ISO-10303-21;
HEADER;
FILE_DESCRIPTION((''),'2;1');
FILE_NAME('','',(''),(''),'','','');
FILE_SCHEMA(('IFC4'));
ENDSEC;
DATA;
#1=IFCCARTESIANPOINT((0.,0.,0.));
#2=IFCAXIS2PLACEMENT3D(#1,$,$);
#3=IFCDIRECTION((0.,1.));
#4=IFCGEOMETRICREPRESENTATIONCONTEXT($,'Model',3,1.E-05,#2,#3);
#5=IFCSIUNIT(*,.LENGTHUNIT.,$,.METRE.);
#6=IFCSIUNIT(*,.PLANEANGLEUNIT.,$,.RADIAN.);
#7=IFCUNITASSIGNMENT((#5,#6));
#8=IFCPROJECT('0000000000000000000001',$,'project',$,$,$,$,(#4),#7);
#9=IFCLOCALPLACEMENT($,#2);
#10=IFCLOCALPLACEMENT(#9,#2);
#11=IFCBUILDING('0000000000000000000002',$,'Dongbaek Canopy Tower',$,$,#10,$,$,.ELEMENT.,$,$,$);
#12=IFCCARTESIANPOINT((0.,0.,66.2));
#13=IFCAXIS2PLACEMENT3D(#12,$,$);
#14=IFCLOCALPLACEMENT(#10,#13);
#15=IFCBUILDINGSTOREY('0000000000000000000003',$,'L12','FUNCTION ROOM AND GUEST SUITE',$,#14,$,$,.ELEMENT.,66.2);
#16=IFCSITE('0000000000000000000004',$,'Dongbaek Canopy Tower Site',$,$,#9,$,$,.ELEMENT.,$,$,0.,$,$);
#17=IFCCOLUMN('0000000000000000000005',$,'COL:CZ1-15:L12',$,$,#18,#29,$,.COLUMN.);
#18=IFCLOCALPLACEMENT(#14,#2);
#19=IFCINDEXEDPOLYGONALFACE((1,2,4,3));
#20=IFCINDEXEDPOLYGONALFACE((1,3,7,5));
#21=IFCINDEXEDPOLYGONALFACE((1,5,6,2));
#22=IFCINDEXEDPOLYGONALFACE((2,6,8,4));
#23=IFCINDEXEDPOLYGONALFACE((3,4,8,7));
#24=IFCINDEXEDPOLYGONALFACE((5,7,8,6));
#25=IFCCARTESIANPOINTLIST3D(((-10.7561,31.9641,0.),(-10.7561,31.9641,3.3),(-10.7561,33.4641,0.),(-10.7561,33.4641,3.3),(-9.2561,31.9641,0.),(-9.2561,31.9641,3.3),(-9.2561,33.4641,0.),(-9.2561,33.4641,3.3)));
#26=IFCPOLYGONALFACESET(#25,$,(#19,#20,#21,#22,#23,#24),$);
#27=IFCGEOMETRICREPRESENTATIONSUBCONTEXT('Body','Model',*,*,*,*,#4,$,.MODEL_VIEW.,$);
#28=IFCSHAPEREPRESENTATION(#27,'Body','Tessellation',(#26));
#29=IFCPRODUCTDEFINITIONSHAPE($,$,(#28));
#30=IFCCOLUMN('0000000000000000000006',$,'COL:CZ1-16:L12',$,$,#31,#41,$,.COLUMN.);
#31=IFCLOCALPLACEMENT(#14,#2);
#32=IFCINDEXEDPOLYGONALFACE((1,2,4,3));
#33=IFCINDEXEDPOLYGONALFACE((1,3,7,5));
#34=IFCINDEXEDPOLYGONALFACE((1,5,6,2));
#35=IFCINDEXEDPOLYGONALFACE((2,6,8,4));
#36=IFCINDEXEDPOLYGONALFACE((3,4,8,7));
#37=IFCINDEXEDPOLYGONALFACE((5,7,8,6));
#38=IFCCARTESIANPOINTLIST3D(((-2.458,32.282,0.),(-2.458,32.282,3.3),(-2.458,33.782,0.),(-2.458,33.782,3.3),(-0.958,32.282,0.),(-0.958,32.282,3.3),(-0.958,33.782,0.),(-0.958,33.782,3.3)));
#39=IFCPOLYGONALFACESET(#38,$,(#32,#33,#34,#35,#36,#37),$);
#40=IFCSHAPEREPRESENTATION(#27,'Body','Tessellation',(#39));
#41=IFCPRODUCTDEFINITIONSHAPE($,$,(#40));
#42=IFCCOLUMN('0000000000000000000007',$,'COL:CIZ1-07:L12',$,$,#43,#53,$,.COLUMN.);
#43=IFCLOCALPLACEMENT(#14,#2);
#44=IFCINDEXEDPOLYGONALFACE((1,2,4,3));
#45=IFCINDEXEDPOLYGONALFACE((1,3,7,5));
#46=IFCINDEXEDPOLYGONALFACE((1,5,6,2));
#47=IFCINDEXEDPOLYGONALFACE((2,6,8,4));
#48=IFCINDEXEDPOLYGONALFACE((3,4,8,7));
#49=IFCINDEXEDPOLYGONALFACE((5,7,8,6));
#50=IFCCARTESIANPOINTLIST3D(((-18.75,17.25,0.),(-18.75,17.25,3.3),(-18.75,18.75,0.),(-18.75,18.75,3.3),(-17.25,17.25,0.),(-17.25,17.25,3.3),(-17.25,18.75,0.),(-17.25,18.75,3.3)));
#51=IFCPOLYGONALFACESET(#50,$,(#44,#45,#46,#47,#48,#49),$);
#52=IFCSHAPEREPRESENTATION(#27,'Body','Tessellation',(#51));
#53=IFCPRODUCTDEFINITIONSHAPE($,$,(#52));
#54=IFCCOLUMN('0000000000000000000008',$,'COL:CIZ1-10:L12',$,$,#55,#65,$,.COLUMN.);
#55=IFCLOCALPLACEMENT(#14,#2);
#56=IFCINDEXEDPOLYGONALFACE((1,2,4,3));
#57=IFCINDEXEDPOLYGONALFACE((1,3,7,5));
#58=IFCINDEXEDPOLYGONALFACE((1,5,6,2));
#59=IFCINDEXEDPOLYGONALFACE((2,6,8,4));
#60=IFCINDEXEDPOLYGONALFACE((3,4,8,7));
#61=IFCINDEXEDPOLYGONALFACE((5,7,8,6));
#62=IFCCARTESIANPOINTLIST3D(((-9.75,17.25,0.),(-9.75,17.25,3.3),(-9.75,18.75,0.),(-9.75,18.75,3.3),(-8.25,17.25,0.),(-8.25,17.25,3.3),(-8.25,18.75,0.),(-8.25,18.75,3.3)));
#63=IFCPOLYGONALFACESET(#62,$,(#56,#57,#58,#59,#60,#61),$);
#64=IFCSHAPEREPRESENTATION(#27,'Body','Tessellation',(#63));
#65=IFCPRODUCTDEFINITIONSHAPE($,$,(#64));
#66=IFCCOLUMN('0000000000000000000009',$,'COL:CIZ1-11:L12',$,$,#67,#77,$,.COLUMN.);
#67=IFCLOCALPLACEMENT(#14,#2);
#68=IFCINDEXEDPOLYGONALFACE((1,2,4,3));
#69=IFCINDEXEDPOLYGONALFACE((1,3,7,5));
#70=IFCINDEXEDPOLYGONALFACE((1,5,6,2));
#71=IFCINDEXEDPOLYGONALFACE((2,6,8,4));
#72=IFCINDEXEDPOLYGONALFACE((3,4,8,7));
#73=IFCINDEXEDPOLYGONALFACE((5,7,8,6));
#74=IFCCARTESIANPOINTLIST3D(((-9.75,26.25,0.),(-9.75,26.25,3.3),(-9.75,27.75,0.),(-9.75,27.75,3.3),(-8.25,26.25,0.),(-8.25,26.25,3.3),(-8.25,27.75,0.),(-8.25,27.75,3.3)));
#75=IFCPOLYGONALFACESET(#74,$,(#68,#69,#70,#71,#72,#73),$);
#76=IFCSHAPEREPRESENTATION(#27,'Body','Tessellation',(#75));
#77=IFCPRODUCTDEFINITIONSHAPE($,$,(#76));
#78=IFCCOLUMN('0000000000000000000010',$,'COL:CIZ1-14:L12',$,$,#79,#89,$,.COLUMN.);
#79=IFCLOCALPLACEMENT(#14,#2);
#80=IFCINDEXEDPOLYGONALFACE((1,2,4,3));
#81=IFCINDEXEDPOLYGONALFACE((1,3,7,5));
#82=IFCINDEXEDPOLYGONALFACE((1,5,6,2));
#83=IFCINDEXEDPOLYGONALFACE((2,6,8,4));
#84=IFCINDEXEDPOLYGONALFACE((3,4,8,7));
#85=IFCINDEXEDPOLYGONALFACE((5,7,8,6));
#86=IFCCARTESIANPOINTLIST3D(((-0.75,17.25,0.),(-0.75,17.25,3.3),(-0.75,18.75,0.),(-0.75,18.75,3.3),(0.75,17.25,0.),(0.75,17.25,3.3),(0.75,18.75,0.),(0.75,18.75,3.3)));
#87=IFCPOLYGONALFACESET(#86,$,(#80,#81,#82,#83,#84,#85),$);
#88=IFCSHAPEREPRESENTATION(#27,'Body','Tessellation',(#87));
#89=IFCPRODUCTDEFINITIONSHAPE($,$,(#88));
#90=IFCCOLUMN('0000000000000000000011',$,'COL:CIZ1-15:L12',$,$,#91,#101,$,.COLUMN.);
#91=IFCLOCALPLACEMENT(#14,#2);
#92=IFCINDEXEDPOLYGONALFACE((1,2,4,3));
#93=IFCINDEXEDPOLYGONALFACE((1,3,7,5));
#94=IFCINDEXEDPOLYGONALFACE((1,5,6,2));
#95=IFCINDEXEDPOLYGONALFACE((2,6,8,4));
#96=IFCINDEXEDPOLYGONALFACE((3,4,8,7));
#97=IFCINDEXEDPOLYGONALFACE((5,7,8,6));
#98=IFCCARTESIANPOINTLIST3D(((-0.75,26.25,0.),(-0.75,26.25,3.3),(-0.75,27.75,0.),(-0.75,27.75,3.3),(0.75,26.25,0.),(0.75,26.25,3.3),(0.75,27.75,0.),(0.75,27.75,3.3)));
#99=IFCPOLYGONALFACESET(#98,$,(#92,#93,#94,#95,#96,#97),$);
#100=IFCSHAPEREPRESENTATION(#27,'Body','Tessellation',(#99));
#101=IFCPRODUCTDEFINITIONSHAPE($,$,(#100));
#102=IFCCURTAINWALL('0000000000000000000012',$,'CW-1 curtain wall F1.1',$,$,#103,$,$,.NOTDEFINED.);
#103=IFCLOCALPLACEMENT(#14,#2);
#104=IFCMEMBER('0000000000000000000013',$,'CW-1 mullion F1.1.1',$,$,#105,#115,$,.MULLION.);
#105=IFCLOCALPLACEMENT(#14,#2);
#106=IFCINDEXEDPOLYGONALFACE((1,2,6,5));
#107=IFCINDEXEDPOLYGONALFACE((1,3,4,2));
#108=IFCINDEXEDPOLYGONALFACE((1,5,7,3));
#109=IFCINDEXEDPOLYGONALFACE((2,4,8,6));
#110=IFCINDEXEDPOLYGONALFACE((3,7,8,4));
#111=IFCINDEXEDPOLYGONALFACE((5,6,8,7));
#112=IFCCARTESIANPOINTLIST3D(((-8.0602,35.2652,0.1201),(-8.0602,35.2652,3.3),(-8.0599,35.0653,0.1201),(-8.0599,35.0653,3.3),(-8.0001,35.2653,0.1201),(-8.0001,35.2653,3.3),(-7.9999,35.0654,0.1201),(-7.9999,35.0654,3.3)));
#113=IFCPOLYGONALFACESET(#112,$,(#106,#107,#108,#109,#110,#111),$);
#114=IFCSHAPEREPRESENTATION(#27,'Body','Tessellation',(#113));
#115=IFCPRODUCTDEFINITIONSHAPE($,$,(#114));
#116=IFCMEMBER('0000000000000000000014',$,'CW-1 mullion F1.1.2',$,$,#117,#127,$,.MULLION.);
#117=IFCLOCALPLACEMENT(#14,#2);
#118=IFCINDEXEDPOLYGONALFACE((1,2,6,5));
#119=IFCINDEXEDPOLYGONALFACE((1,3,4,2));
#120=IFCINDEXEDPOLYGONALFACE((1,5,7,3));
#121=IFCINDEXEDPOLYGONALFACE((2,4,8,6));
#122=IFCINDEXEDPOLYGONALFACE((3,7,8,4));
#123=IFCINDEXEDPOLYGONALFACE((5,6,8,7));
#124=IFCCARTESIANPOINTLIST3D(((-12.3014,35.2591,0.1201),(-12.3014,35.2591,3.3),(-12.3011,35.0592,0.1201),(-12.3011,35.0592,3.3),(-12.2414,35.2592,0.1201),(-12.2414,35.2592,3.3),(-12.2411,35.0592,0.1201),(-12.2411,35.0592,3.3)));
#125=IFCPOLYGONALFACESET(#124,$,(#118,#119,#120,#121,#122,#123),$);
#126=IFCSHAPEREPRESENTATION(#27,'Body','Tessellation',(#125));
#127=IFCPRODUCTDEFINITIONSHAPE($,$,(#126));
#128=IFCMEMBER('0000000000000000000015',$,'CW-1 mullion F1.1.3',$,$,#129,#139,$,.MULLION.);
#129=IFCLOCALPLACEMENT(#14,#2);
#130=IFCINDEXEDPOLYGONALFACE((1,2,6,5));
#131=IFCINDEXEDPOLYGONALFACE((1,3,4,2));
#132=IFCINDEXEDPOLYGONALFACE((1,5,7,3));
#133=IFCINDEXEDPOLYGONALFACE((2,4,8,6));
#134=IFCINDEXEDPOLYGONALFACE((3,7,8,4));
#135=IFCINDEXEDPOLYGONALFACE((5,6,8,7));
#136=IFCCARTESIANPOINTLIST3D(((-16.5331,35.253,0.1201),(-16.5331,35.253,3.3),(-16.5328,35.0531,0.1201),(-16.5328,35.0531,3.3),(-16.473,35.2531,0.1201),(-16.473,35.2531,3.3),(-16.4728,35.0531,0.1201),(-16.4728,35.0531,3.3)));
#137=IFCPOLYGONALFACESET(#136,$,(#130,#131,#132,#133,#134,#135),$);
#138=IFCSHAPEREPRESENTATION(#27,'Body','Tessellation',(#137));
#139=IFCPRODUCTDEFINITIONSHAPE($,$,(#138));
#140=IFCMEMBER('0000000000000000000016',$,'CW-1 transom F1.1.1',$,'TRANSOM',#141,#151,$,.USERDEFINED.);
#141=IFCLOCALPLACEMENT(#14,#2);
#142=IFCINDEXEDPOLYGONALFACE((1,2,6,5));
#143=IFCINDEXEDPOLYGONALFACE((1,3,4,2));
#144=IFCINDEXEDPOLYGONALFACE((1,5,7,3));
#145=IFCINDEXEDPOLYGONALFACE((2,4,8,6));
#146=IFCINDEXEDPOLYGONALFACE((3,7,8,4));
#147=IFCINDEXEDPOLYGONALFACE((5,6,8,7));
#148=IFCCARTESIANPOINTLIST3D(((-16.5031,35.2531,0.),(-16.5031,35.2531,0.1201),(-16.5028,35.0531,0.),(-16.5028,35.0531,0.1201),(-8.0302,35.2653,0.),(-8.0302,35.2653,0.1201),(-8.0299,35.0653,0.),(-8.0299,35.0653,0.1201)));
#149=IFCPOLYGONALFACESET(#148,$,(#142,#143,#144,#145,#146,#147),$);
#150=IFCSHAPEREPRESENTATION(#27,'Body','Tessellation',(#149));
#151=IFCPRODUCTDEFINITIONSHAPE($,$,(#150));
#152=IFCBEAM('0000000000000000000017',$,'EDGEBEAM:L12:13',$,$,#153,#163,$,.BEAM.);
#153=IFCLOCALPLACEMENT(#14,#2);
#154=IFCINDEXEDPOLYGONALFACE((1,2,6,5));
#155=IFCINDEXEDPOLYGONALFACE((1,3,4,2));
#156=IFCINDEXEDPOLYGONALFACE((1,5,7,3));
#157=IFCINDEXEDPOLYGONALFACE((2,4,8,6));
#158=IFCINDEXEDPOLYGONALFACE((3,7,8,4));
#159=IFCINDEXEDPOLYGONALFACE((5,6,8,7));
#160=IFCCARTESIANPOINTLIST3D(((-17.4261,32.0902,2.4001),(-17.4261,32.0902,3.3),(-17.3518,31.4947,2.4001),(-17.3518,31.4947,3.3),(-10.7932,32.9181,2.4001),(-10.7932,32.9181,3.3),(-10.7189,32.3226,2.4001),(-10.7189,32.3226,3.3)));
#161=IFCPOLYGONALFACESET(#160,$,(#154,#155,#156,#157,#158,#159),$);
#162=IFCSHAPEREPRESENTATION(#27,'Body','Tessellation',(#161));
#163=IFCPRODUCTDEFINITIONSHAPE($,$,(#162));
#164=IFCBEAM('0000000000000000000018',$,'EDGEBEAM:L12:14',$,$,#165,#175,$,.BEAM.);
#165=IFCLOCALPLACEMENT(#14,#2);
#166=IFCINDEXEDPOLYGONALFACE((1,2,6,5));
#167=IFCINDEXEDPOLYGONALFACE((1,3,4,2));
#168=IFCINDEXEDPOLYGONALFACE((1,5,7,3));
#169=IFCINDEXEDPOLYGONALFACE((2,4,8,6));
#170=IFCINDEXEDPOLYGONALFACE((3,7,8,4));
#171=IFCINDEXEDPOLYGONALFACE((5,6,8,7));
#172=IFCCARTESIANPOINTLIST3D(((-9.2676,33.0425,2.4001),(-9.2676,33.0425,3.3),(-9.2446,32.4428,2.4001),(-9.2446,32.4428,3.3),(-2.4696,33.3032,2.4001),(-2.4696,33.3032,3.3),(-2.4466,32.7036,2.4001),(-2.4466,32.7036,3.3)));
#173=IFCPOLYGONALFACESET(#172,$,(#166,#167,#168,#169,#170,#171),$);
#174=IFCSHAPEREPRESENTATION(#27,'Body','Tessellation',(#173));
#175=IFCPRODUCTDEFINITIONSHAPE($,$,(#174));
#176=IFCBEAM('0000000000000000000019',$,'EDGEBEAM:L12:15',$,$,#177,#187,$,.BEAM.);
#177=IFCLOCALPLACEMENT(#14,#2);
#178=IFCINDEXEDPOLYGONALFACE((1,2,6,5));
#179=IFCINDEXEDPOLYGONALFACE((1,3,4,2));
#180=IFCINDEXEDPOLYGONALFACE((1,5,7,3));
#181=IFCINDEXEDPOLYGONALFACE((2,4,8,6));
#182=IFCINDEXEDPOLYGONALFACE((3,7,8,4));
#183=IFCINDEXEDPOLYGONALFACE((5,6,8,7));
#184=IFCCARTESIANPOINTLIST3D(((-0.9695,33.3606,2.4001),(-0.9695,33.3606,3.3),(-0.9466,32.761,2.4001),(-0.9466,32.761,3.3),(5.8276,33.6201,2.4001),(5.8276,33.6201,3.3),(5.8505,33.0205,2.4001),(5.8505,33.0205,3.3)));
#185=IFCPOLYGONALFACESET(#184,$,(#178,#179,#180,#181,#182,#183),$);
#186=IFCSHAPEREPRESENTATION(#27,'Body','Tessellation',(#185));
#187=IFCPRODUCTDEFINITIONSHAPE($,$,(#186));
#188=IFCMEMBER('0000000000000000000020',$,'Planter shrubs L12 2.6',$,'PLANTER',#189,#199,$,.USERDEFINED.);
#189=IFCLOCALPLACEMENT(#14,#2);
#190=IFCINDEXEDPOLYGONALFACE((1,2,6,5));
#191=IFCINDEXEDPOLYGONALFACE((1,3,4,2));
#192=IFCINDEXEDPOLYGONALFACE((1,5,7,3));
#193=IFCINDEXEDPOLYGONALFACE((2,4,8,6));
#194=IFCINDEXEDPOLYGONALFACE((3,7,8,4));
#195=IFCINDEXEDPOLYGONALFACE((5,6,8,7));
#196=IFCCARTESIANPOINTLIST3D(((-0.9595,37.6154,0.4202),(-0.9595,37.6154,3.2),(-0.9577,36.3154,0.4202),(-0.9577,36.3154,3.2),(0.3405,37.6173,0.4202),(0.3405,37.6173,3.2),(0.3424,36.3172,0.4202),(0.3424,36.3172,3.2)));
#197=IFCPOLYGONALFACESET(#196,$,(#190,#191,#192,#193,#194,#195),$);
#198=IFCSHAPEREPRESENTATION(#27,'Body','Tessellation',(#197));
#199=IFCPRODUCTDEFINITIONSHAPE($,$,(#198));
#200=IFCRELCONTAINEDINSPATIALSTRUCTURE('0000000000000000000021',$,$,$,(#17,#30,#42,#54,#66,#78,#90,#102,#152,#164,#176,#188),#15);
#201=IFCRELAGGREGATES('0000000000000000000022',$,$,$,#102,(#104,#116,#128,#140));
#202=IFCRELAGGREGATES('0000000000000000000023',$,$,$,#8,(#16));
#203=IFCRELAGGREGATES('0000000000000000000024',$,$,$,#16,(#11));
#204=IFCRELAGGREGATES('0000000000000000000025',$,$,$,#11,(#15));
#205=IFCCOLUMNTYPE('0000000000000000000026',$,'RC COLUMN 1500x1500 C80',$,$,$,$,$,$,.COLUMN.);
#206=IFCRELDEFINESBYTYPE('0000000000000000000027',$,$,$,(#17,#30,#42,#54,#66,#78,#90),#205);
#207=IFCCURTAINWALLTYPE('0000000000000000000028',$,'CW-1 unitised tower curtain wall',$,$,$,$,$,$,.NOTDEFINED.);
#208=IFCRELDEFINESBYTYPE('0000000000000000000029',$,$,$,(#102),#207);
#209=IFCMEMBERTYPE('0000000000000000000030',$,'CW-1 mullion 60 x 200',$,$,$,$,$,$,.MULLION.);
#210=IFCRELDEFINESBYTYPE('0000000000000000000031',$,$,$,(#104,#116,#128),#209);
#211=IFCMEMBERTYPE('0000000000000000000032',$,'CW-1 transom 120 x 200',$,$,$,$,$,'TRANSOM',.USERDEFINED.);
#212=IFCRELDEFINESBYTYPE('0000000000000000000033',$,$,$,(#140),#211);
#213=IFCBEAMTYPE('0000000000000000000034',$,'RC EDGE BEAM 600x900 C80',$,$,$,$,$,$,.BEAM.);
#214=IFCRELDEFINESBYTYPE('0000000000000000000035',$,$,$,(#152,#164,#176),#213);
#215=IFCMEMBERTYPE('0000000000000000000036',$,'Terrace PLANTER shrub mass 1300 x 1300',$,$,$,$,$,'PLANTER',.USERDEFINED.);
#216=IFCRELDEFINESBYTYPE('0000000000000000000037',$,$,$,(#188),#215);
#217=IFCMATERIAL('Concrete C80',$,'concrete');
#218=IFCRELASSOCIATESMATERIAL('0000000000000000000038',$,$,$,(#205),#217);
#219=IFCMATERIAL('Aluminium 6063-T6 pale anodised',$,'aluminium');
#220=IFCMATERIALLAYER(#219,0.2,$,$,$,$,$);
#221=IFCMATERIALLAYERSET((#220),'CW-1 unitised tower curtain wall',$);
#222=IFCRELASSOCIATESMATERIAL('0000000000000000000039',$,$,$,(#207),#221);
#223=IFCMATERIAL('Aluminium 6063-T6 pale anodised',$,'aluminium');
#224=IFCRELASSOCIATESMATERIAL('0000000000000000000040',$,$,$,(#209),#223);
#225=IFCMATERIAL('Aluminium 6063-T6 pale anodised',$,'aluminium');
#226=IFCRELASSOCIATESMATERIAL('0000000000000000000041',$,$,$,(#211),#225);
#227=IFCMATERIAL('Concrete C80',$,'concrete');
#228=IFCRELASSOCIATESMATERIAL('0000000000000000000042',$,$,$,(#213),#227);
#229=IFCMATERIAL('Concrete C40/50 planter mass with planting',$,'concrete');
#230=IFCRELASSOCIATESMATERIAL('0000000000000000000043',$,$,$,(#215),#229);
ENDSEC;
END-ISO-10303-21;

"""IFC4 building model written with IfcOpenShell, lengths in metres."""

from ifc_helpers import new_model, si_unit, direction, frame, origin, origin_2d, place, context, subcontext, project, spatial, rectangle, extrude, material, layer, layer_set, material_profile, profile_set, type_object, element, aggregate, save


model = new_model("IFC4")

# Units and contexts
model_context = context("Model", 3, precision=1e-05, world=origin(), true_north=direction((0.0, 1.0)))
body_context = subcontext(model_context, "Body", "Model", "MODEL_VIEW")
ifc_project = project(units=[si_unit("LENGTHUNIT", "METRE"), si_unit("PLANEANGLEUNIT", "RADIAN")], contexts=[model_context])

# Site, building, storey
site_placement = place(None, origin())
site = spatial("IfcSite", under=ifc_project, at=site_placement, Name="Dongbaek Canopy Tower Site", CompositionType="ELEMENT", RefElevation=0.0)
building_placement = place(site_placement, origin())
building = spatial("IfcBuilding", under=site, at=building_placement, Name="Dongbaek Canopy Tower", CompositionType="ELEMENT")
storey_placement = place(building_placement, frame((0.0, 0.0, 66.2)))
storey = spatial("IfcBuildingStorey", under=building, at=storey_placement, Name="L12", Description="FUNCTION ROOM AND GUEST SUITE", CompositionType="ELEMENT", Elevation=66.2)

# Columns
ifc_material_1 = material(Name="Concrete C80", Category="concrete")
ifc_material_profile_1 = material_profile(ifc_material_1, rectangle(XDim=1.5, YDim=1.5, at=origin_2d()), Name="RC COLUMN 1500x1500 C80")
ifc_profile_set_1 = profile_set([ifc_material_profile_1], Name="Concrete C80")
column_type = type_object("IfcColumnType", Name="RC COLUMN 1500x1500 C80", PredefinedType="COLUMN", material=ifc_profile_set_1)
for number, where, z_axis, x_axis, name in (
    (1, (-10.0061, 32.7141, 0.0), (0.0, 0.0, 1.0), (1.0, 0.0, 0.0), "COL:CZ1-15:L12"),
    (2, (-1.708, 33.032, 0.0), (0.0, 0.0, 1.0), (1.0, 0.0, 0.0), "COL:CZ1-16:L12"),
    (3, (-18.0, 18.0, 0.0), (0.0, 0.0, 1.0), (1.0, 0.0, 0.0), "COL:CIZ1-07:L12"),
    (4, (-9.0, 18.0, 0.0), (0.0, 0.0, 1.0), (1.0, 0.0, 0.0), "COL:CIZ1-10:L12"),
    (5, (-9.0, 27.0, 0.0), (0.0, 0.0, 1.0), (1.0, 0.0, 0.0), "COL:CIZ1-11:L12"),
    (6, (0.0, 18.0, 0.0), (0.0, 0.0, 1.0), (1.0, 0.0, 0.0), "COL:CIZ1-14:L12"),
    (7, (0.0, 27.0, 0.0), (0.0, 0.0, 1.0), (1.0, 0.0, 0.0), "COL:CIZ1-15:L12"),
):
    element("IfcColumn", number, at=place(storey_placement, frame(where, z_axis=z_axis, x_axis=x_axis)), inside=storey, type_object=column_type, Name=name, PredefinedType="COLUMN", context=body_context, shape_type="SweptSolid", body=[
        extrude(rectangle(XDim=1.5, YDim=1.5, at=origin_2d()), origin(), (0.0, 0.0, 1.0), 3.3),
    ])

# Curtain wall, members
ifc_material_2 = material(Name="Aluminium 6063-T6 pale anodised", Category="aluminium")
ifc_layer_1 = layer(ifc_material_2, 0.2)
ifc_layer_set_1 = layer_set([ifc_layer_1], Name="CW-1 unitised tower curtain wall")
curtain_wall_type = type_object("IfcCurtainWallType", Name="CW-1 unitised tower curtain wall", PredefinedType="NOTDEFINED", material=ifc_layer_set_1)
curtain_wall_1_placement = place(storey_placement, origin())
curtain_wall_1 = element("IfcCurtainWall", 8, at=curtain_wall_1_placement, inside=storey, type_object=curtain_wall_type, Name="CW-1 curtain wall F1.1", PredefinedType="NOTDEFINED")
ifc_material_3 = material(Name="Aluminium 6063-T6 pale anodised", Category="aluminium")
ifc_material_profile_2 = material_profile(ifc_material_3, rectangle(XDim=0.2, YDim=0.0601, at=origin_2d()), Name="CW-1 mullion 60 x 200")
ifc_profile_set_2 = profile_set([ifc_material_profile_2], Name="Aluminium 6063-T6 pale anodised")
member_type_1 = type_object("IfcMemberType", Name="CW-1 mullion 60 x 200", PredefinedType="MULLION", material=ifc_profile_set_2)
member_1_placement = place(storey_placement, frame((-8.03, 35.1653, 0.1201), z_axis=(0.0, 0.0, 1.0), x_axis=(-0.001434, 0.999999, 0.0)))
member_1 = element("IfcMember", 9, at=member_1_placement, type_object=member_type_1, Name="CW-1 mullion F1.1.1", PredefinedType="MULLION", context=body_context, shape_type="SweptSolid", body=[
    extrude(rectangle(XDim=0.2, YDim=0.0601, at=origin_2d()), origin(), (0.0, 0.0, 1.0), 3.1799),
])
member_2_placement = place(storey_placement, frame((-12.2712, 35.1592, 0.1201), z_axis=(0.0, 0.0, 1.0), x_axis=(-0.001434, 0.999999, 0.0)))
member_2 = element("IfcMember", 10, at=member_2_placement, type_object=member_type_1, Name="CW-1 mullion F1.1.2", PredefinedType="MULLION", context=body_context, shape_type="SweptSolid", body=[
    extrude(rectangle(XDim=0.2, YDim=0.0601, at=origin_2d()), origin(), (0.0, 0.0, 1.0), 3.1799),
])
member_3_placement = place(storey_placement, frame((-16.5029, 35.1531, 0.1201), z_axis=(0.0, 0.0, 1.0), x_axis=(-0.001434, 0.999999, 0.0)))
member_3 = element("IfcMember", 11, at=member_3_placement, type_object=member_type_1, Name="CW-1 mullion F1.1.3", PredefinedType="MULLION", context=body_context, shape_type="SweptSolid", body=[
    extrude(rectangle(XDim=0.2, YDim=0.0601, at=origin_2d()), origin(), (0.0, 0.0, 1.0), 3.1799),
])
ifc_material_4 = material(Name="Aluminium 6063-T6 pale anodised", Category="aluminium")
ifc_material_profile_3 = material_profile(ifc_material_4, rectangle(XDim=0.2, YDim=0.1201, at=origin_2d()), Name="CW-1 transom 120 x 200")
ifc_profile_set_3 = profile_set([ifc_material_profile_3], Name="Aluminium 6063-T6 pale anodised")
member_type_2 = type_object("IfcMemberType", Name="CW-1 transom 120 x 200", ElementType="TRANSOM", PredefinedType="USERDEFINED", material=ifc_profile_set_3)
member_4_placement = place(storey_placement, frame((-8.03, 35.1653, 0.0601), z_axis=(-0.999999, -0.001441, 0.0), x_axis=(0.001441, -0.999999, 0.0)))
member_4 = element("IfcMember", 12, at=member_4_placement, type_object=member_type_2, Name="CW-1 transom F1.1.1", ObjectType="TRANSOM", PredefinedType="USERDEFINED", context=body_context, shape_type="SweptSolid", body=[
    extrude(rectangle(XDim=0.2, YDim=0.1201, at=origin_2d()), origin(), (0.0, 0.0, 1.0), 8.4729),
])

# Beams
ifc_material_5 = material(Name="Concrete C80", Category="concrete")
ifc_material_profile_4 = material_profile(ifc_material_5, rectangle(XDim=0.6001, YDim=0.8999, at=origin_2d()), Name="RC EDGE BEAM 600x900 C80")
ifc_profile_set_4 = profile_set([ifc_material_profile_4], Name="Concrete C80")
beam_type = type_object("IfcBeamType", Name="RC EDGE BEAM 600x900 C80", PredefinedType="BEAM", material=ifc_profile_set_4)
beam_1_placement = place(storey_placement, frame((-17.3889, 31.7925, 2.8501), z_axis=(0.9923, 0.123855, 0.0), x_axis=(-0.123855, 0.9923, 0.0)))
element("IfcBeam", 13, at=beam_1_placement, inside=storey, type_object=beam_type, Name="EDGEBEAM:L12:13", PredefinedType="BEAM", context=body_context, shape_type="SweptSolid", body=[
    extrude(rectangle(XDim=0.6001, YDim=0.8999, at=origin_2d()), origin(), (0.0, 0.0, 1.0), 6.6843),
])
beam_2_placement = place(storey_placement, frame((-9.2561, 32.7427, 2.8501), z_axis=(0.999265, 0.038327, 0.0), x_axis=(-0.038327, 0.999265, 0.0)))
element("IfcBeam", 14, at=beam_2_placement, inside=storey, type_object=beam_type, Name="EDGEBEAM:L12:14", PredefinedType="BEAM", context=body_context, shape_type="SweptSolid", body=[
    extrude(rectangle(XDim=0.6001, YDim=0.8999, at=origin_2d()), origin(), (0.0, 0.0, 1.0), 6.803),
])
beam_3_placement = place(storey_placement, frame((-0.958, 33.0608, 2.8501), z_axis=(0.999272, 0.038153, 0.0), x_axis=(-0.038153, 0.999272, 0.0)))
element("IfcBeam", 15, at=beam_3_placement, inside=storey, type_object=beam_type, Name="EDGEBEAM:L12:15", PredefinedType="BEAM", context=body_context, shape_type="SweptSolid", body=[
    extrude(rectangle(XDim=0.6001, YDim=0.8999, at=origin_2d()), origin(), (0.0, 0.0, 1.0), 6.802),
])

# Member
ifc_material_6 = material(Name="Concrete C40/50 planter mass with planting", Category="concrete")
ifc_material_profile_5 = material_profile(ifc_material_6, rectangle(XDim=1.3, YDim=1.3, at=origin_2d()), Name="Terrace PLANTER shrub mass 1300 x 1300")
ifc_profile_set_5 = profile_set([ifc_material_profile_5], Name="Concrete C40/50 planter mass with planting")
member_type_3 = type_object("IfcMemberType", Name="Terrace PLANTER shrub mass 1300 x 1300", ElementType="PLANTER", PredefinedType="USERDEFINED", material=ifc_profile_set_5)
member_5_placement = place(storey_placement, frame((-0.3086, 36.9663, 0.4202), z_axis=(0.0, 0.0, 1.0), x_axis=(-0.001434, 0.999999, 0.0)))
element("IfcMember", 16, at=member_5_placement, inside=storey, type_object=member_type_3, Name="Planter shrubs L12 2.6", ObjectType="PLANTER", PredefinedType="USERDEFINED", context=body_context, shape_type="SweptSolid", body=[
    extrude(rectangle(XDim=1.3, YDim=1.3, at=origin_2d()), origin(), (0.0, 0.0, 1.0), 2.7798),
])

aggregate(curtain_wall_1, [member_1, member_2, member_3, member_4])

save(model, "model.ifc")
